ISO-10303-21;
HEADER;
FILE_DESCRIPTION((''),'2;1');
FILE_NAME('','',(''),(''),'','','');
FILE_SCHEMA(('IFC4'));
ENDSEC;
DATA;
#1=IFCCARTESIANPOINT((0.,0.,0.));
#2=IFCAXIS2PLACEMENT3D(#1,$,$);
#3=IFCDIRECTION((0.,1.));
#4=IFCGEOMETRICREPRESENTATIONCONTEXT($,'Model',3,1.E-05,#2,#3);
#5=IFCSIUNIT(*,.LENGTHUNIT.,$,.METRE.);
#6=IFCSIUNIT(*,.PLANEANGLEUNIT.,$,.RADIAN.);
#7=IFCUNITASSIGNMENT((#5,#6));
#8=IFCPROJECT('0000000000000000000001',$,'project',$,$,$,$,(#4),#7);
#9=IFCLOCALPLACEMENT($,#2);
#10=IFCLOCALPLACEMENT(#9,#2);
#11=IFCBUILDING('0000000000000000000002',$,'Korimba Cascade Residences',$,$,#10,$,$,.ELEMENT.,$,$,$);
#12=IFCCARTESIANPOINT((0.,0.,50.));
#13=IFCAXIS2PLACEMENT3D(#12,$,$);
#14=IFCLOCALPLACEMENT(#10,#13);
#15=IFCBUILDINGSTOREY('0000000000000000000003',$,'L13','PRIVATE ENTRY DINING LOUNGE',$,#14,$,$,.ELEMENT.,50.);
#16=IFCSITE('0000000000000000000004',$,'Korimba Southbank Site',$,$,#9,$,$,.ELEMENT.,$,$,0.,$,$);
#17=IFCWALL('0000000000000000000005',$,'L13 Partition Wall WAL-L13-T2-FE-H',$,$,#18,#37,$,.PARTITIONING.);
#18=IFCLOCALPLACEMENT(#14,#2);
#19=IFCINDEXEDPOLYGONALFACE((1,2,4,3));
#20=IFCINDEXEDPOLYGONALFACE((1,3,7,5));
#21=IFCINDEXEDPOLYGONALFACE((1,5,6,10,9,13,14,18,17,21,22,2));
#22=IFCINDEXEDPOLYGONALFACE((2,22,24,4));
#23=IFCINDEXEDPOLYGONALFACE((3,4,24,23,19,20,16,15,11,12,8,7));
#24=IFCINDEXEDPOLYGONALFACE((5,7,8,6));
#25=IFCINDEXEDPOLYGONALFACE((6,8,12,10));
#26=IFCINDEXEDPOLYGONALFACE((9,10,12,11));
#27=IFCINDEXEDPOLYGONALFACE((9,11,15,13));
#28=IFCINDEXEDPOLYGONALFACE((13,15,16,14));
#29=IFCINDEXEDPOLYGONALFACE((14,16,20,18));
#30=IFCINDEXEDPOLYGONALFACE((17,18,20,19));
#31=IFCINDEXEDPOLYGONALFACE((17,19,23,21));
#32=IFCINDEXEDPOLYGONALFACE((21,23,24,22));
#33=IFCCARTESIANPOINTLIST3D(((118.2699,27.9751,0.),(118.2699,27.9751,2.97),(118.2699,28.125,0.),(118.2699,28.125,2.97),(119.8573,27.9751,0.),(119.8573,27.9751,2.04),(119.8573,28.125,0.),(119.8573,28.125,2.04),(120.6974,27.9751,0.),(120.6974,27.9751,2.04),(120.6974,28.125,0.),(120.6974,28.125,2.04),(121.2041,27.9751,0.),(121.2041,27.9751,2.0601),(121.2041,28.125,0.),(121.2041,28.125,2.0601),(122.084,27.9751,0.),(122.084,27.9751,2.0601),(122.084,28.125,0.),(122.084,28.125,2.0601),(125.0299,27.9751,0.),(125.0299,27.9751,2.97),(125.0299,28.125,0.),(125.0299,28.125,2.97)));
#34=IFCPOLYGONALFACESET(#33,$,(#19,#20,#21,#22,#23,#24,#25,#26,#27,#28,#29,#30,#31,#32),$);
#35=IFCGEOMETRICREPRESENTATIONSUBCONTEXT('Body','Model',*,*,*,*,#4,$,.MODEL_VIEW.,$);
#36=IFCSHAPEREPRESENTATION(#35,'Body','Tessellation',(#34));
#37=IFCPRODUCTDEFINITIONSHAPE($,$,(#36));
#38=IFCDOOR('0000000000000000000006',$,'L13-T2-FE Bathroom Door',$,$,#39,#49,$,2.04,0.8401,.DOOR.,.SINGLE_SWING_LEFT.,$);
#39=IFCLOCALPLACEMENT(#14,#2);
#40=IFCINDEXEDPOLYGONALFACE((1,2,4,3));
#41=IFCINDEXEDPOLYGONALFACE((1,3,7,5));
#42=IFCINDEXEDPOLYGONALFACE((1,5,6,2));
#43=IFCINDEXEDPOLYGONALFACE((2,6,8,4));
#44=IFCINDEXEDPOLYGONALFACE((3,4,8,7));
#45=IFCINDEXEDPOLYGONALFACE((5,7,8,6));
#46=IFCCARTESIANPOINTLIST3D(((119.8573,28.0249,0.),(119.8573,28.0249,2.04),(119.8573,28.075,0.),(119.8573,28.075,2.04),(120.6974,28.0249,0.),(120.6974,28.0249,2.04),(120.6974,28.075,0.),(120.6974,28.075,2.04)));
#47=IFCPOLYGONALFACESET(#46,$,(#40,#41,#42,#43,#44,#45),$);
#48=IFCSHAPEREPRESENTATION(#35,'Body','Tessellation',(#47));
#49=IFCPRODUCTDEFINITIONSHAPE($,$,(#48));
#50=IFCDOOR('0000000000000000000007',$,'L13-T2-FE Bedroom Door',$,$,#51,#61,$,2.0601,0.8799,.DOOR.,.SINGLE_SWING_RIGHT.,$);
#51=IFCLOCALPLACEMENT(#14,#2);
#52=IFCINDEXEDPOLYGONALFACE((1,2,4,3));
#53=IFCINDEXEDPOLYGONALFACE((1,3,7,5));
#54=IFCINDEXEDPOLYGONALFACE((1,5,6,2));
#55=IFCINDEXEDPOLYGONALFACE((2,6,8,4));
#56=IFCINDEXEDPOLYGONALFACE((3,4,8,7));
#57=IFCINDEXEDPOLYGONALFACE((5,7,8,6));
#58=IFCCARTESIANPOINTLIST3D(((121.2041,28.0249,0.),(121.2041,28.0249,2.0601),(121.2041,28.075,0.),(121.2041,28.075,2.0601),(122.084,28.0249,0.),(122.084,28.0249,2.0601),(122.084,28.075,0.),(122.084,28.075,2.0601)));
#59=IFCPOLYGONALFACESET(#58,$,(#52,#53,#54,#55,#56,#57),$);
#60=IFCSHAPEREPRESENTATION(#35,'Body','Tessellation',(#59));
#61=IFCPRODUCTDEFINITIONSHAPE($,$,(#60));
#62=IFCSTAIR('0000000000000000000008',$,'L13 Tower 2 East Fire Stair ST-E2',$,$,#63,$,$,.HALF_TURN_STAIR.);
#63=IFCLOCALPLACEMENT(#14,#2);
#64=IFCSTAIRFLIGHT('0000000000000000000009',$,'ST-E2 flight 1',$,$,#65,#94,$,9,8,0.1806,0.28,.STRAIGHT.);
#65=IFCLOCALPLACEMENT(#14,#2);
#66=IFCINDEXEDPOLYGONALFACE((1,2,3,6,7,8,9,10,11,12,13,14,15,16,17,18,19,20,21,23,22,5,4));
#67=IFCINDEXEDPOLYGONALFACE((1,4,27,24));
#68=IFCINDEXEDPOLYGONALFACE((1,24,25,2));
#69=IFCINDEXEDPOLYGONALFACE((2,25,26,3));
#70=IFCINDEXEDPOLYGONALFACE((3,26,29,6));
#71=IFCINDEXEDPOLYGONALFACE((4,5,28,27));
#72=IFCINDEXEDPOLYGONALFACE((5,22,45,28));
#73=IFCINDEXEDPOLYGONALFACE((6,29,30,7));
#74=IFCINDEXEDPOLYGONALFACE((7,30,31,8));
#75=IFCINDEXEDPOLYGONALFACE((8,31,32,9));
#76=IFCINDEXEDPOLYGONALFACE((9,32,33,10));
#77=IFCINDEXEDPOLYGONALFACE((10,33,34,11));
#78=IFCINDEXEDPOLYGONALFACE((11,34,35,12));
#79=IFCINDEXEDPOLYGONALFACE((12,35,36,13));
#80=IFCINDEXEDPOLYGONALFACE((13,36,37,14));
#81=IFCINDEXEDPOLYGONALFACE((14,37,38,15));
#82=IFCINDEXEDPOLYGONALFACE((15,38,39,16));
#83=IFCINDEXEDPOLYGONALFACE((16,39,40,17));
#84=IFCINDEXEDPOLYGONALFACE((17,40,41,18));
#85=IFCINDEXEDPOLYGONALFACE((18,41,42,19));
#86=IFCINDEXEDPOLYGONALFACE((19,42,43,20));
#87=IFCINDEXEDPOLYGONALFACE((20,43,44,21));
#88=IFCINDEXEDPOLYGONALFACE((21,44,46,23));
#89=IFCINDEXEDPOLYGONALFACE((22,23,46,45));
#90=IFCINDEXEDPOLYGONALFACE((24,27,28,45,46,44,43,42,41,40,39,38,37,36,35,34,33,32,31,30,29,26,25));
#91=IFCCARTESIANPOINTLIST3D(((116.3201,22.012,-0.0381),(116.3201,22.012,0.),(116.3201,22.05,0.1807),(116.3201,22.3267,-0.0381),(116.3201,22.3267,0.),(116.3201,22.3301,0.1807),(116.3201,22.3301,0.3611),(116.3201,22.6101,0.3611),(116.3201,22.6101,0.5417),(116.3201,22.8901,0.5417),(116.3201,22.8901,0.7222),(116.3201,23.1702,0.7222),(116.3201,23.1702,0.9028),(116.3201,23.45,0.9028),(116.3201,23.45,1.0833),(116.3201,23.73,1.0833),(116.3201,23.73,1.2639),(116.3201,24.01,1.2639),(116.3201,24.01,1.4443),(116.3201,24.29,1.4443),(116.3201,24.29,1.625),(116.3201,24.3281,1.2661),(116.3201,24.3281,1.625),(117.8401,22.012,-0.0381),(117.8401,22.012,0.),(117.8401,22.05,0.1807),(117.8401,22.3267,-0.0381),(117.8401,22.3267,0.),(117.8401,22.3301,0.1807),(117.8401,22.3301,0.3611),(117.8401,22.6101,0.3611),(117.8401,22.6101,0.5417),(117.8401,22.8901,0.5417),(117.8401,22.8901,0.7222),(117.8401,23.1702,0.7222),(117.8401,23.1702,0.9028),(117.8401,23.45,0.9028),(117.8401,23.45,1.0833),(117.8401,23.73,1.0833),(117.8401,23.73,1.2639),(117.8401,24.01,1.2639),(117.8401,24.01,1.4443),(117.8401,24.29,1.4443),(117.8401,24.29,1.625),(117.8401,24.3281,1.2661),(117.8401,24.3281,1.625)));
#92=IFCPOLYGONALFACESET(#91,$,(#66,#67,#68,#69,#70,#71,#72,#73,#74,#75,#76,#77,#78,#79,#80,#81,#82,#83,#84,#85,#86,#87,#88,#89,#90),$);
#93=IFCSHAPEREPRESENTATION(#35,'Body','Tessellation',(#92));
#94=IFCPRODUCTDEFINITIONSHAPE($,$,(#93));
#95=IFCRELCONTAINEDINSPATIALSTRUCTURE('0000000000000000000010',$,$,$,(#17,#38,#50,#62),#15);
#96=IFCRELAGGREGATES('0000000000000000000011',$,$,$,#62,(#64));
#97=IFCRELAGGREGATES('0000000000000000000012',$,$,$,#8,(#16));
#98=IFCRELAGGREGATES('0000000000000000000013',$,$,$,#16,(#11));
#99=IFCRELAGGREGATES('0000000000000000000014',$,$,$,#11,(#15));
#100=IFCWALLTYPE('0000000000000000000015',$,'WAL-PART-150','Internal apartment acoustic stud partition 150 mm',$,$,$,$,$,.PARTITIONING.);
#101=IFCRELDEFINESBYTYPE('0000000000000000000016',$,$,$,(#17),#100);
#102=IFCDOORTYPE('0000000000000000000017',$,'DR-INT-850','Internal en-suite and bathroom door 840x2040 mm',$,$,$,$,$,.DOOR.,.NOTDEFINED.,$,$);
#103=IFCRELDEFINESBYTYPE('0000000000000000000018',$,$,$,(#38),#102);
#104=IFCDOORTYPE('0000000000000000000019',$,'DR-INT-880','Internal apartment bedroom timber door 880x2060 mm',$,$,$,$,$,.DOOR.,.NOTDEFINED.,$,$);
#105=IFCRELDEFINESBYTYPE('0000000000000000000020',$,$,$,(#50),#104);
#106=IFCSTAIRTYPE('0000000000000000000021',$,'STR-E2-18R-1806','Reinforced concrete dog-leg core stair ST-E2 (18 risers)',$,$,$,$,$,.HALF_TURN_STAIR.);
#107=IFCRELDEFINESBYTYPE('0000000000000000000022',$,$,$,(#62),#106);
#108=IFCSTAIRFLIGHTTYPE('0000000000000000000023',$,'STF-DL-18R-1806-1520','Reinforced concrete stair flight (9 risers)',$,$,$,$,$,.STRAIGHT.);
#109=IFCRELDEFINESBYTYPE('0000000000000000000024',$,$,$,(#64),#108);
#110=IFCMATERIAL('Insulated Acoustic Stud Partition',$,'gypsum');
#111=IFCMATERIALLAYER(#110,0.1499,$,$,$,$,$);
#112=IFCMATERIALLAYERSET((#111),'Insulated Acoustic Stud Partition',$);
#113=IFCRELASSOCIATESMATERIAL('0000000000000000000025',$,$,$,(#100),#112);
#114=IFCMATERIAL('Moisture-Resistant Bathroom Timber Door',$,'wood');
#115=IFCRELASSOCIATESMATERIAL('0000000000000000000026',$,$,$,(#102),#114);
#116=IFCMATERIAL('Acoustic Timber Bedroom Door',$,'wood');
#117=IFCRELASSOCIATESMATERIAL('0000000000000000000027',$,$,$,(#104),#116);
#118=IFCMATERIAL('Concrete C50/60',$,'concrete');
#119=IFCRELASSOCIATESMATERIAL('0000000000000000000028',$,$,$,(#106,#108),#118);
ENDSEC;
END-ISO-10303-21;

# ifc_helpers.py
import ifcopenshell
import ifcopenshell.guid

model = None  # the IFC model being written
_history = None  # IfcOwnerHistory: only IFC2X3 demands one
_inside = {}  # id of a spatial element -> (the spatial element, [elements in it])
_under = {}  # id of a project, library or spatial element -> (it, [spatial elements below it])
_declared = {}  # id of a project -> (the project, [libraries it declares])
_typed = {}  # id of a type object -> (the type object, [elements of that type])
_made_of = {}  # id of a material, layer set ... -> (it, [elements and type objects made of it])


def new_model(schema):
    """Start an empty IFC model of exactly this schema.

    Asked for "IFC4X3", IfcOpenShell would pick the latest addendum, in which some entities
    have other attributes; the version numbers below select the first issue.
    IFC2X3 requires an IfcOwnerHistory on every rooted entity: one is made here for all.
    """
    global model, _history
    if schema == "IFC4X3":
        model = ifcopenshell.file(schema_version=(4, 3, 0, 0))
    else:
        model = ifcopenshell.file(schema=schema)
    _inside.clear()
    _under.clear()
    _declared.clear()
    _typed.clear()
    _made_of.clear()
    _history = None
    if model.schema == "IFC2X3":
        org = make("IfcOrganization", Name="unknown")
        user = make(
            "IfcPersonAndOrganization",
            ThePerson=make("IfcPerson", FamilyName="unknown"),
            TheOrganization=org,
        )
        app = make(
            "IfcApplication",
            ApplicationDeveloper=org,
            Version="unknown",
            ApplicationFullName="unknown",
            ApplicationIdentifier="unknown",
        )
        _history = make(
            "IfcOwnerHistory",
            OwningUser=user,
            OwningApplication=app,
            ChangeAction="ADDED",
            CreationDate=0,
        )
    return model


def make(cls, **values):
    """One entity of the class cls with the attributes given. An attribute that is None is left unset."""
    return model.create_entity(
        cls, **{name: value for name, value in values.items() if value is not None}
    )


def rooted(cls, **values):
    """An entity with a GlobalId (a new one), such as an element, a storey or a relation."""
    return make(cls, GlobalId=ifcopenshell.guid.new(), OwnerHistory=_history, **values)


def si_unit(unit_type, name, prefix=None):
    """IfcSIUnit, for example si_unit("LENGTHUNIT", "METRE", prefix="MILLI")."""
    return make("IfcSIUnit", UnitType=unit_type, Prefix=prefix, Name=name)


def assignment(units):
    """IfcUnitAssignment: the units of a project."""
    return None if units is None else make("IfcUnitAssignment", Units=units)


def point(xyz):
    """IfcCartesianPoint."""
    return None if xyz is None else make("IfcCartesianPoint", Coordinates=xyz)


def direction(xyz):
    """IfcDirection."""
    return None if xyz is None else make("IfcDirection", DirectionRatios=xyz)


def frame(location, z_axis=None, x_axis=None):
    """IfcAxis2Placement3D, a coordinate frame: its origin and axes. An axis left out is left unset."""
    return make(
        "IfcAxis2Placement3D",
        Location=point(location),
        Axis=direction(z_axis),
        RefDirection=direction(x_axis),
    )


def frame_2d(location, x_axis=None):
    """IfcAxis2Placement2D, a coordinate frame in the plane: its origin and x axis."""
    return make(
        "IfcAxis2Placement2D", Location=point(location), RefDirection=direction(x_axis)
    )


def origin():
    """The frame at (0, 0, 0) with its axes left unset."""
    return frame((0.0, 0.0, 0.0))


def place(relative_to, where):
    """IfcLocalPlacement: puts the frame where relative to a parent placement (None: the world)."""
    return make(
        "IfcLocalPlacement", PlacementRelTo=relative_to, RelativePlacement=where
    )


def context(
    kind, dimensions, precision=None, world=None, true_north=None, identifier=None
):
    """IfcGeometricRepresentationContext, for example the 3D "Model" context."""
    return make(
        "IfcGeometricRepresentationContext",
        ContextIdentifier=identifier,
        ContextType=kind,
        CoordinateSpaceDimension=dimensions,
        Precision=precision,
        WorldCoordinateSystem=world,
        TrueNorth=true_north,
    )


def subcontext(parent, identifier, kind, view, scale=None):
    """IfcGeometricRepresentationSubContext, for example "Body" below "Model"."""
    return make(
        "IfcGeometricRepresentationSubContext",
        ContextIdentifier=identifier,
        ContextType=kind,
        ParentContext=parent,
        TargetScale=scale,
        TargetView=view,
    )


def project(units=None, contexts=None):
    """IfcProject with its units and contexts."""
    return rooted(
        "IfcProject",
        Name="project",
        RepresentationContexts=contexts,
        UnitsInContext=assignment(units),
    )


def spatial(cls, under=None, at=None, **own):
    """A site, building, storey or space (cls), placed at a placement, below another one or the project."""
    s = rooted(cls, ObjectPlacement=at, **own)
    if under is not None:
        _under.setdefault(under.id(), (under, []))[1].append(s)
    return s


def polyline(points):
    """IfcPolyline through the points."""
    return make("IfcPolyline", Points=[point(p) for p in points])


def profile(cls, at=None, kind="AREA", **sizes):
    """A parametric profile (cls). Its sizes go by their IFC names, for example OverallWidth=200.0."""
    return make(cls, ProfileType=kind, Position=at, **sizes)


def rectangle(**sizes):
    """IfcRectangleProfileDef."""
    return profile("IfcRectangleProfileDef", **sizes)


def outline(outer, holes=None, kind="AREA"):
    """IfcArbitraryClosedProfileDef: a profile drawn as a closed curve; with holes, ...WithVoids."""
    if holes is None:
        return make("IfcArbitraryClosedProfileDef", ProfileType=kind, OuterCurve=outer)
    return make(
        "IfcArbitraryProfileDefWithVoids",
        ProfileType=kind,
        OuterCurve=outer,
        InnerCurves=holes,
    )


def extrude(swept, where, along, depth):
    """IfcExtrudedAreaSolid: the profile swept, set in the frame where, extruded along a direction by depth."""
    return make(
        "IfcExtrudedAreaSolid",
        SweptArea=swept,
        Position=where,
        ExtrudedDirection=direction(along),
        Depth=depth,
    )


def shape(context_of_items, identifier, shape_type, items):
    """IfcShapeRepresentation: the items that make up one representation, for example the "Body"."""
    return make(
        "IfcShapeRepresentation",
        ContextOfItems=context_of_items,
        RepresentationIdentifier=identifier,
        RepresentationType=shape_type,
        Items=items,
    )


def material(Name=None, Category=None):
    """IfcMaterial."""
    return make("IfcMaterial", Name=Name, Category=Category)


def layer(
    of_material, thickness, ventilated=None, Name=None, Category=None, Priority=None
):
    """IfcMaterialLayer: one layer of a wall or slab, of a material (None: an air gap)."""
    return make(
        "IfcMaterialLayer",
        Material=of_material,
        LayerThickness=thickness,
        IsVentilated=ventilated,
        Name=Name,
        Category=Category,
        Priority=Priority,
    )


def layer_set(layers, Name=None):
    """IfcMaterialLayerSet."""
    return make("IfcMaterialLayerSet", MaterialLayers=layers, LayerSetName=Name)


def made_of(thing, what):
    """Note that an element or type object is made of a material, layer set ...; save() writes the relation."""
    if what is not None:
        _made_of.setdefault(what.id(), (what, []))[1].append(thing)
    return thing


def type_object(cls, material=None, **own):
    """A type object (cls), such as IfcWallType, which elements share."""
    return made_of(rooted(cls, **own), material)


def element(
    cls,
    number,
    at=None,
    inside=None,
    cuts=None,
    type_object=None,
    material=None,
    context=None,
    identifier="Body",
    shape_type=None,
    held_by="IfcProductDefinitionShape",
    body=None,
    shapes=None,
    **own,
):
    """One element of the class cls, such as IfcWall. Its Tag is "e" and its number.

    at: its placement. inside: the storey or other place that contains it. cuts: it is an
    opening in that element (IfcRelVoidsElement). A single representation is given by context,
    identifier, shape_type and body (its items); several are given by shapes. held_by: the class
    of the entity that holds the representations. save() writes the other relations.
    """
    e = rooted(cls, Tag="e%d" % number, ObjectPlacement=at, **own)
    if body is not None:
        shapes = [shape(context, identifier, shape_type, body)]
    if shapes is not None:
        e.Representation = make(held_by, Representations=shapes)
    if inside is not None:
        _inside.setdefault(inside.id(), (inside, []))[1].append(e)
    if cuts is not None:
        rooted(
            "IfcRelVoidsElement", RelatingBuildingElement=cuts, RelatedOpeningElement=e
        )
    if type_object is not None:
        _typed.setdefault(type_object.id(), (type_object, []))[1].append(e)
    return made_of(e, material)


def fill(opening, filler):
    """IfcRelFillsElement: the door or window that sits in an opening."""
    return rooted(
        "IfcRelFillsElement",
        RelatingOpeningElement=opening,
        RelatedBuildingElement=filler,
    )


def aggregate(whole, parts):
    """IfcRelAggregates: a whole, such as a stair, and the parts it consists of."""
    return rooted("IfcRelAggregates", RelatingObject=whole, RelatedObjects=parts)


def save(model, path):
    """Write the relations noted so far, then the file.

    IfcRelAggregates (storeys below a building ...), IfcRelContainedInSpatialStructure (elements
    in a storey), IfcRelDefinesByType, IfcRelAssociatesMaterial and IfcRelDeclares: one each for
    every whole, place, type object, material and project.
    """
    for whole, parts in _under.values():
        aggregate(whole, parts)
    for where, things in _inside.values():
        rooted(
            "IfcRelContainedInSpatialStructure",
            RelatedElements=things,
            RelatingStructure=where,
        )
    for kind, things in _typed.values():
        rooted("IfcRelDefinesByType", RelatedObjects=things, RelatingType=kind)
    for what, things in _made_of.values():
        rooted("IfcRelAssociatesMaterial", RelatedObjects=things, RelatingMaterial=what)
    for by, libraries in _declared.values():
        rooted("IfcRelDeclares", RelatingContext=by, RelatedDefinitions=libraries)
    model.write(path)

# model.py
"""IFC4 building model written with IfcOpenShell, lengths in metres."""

from ifc_helpers import new_model, si_unit, direction, frame, frame_2d, origin, place, context, subcontext, project, spatial, polyline, rectangle, outline, extrude, material, layer, layer_set, type_object, element, fill, aggregate, save


model = new_model("IFC4")

# Units and contexts
model_context = context("Model", 3, precision=1e-05, world=origin(), true_north=direction((0.0, 1.0)))
body_context = subcontext(model_context, "Body", "Model", "MODEL_VIEW")
ifc_project = project(units=[si_unit("LENGTHUNIT", "METRE"), si_unit("PLANEANGLEUNIT", "RADIAN")], contexts=[model_context])

# Site, building, storey
site_placement = place(None, origin())
site = spatial("IfcSite", under=ifc_project, at=site_placement, Name="Korimba Southbank Site", CompositionType="ELEMENT", RefElevation=0.0)
building_placement = place(site_placement, origin())
building = spatial("IfcBuilding", under=site, at=building_placement, Name="Korimba Cascade Residences", CompositionType="ELEMENT")
storey_placement = place(building_placement, frame((0.0, 0.0, 50.0)))
storey = spatial("IfcBuildingStorey", under=building, at=storey_placement, Name="L13", Description="PRIVATE ENTRY DINING LOUNGE", CompositionType="ELEMENT", Elevation=50.0)

# Shared definitions
ifc_material_1 = material(Name="Concrete C50/60", Category="concrete")

# Shared definitions
ifc_material_2 = material(Name="Insulated Acoustic Stud Partition", Category="gypsum")
ifc_layer_1 = layer(ifc_material_2, 0.1499)
ifc_layer_set_1 = layer_set([ifc_layer_1], Name="Insulated Acoustic Stud Partition")
wall_type_1 = type_object("IfcWallType", Name="WAL-PART-150", Description="Internal apartment acoustic stud partition 150 mm", PredefinedType="PARTITIONING", material=ifc_layer_set_1)
ifc_material_3 = material(Name="Moisture-Resistant Bathroom Timber Door", Category="wood")
door_type_1 = type_object("IfcDoorType", Name="DR-INT-850", Description="Internal en-suite and bathroom door 840x2040 mm", OperationType="NOTDEFINED", PredefinedType="DOOR", material=ifc_material_3)

# Wall, openings, doors
wall_1_placement = place(storey_placement, frame((118.27, 28.05, 0.0), z_axis=(0.0, 0.0, 1.0), x_axis=(1.0, 0.0, 0.0)))
wall_1 = element("IfcWall", 1, at=wall_1_placement, inside=storey, type_object=wall_type_1, Name="L13 Partition Wall WAL-L13-T2-FE-H", PredefinedType="PARTITIONING", context=body_context, shape_type="SweptSolid", body=[
    extrude(rectangle(XDim=6.76, YDim=0.1499, at=frame_2d((3.3799, 0.0))), origin(), (0.0, 0.0, 1.0), 2.97),
])
opening_1_placement = place(wall_1_placement, frame((1.5874, 0.0, 0.0)))
opening_1 = element("IfcOpeningElement", 2, at=opening_1_placement, cuts=wall_1, PredefinedType="OPENING", context=body_context, shape_type="SweptSolid", body=[
    extrude(rectangle(XDim=0.8401, YDim=2.04, at=frame_2d((0.4199, 1.02))), frame((0.0, 0.085, 0.0), z_axis=(0.0, -1.0, 0.0), x_axis=(1.0, 0.0, 0.0)), (0.0, 0.0, 1.0), 0.1699),
])
opening_2_placement = place(wall_1_placement, frame((2.9341, 0.0, 0.0)))
opening_2 = element("IfcOpeningElement", 3, at=opening_2_placement, cuts=wall_1, PredefinedType="OPENING", context=body_context, shape_type="SweptSolid", body=[
    extrude(rectangle(XDim=0.8799, YDim=2.0601, at=frame_2d((0.4399, 1.03))), frame((0.0, 0.085, 0.0), z_axis=(0.0, -1.0, 0.0), x_axis=(1.0, 0.0, 0.0)), (0.0, 0.0, 1.0), 0.1699),
])
door_1_placement = place(opening_1_placement, origin())
door_1 = element("IfcDoor", 4, at=door_1_placement, inside=storey, type_object=door_type_1, Name="L13-T2-FE Bathroom Door", OperationType="SINGLE_SWING_LEFT", OverallHeight=2.04, OverallWidth=0.8401, PredefinedType="DOOR", context=body_context, shape_type="SweptSolid", body=[
    extrude(rectangle(XDim=0.8401, YDim=2.04, at=frame_2d((0.4199, 1.02))), frame((0.0, 0.0249, 0.0), z_axis=(0.0, -1.0, 0.0), x_axis=(1.0, 0.0, 0.0)), (0.0, 0.0, 1.0), 0.05),
])
fill(opening_1, door_1)
ifc_material_4 = material(Name="Acoustic Timber Bedroom Door", Category="wood")
door_type_2 = type_object("IfcDoorType", Name="DR-INT-880", Description="Internal apartment bedroom timber door 880x2060 mm", OperationType="NOTDEFINED", PredefinedType="DOOR", material=ifc_material_4)
door_2_placement = place(opening_2_placement, origin())
door_2 = element("IfcDoor", 5, at=door_2_placement, inside=storey, type_object=door_type_2, Name="L13-T2-FE Bedroom Door", OperationType="SINGLE_SWING_RIGHT", OverallHeight=2.0601, OverallWidth=0.8799, PredefinedType="DOOR", context=body_context, shape_type="SweptSolid", body=[
    extrude(rectangle(XDim=0.8799, YDim=2.0601, at=frame_2d((0.4399, 1.03))), frame((0.0, 0.0249, 0.0), z_axis=(0.0, -1.0, 0.0), x_axis=(1.0, 0.0, 0.0)), (0.0, 0.0, 1.0), 0.05),
])
fill(opening_2, door_2)

# Stair, stair flight
stair_type = type_object("IfcStairType", Name="STR-E2-18R-1806", Description="Reinforced concrete dog-leg core stair ST-E2 (18 risers)", PredefinedType="HALF_TURN_STAIR", material=ifc_material_1)
stair_placement = place(storey_placement, origin())
stair = element("IfcStair", 6, at=stair_placement, inside=storey, type_object=stair_type, Name="L13 Tower 2 East Fire Stair ST-E2", PredefinedType="HALF_TURN_STAIR")
stair_flight_type = type_object("IfcStairFlightType", Name="STF-DL-18R-1806-1520", Description="Reinforced concrete stair flight (9 risers)", PredefinedType="STRAIGHT", material=ifc_material_1)
stair_flight_placement = place(storey_placement, frame((117.0801, 22.05, 0.0), z_axis=(0.0, 0.0, 1.0), x_axis=(0.0, 1.0, 0.0)))
stair_flight = element("IfcStairFlight", 7, at=stair_flight_placement, type_object=stair_flight_type, Name="ST-E2 flight 1", NumberOfRisers=9, NumberOfTreads=8, PredefinedType="STRAIGHT", RiserHeight=0.1806, TreadLength=0.28, context=body_context, shape_type="SweptSolid", body=[
    extrude(outline(polyline([(-0.0381, 0.0), (0.0, 0.1807), (0.28, 0.1807), (0.28, 0.3611), (0.5601, 0.3611), (0.5601, 0.5417), (0.8401, 0.5417), (0.8401, 0.7222), (1.1201, 0.7222), (1.1201, 0.9028), (1.3999, 0.9028), (1.3999, 1.0833), (1.6799, 1.0833), (1.6799, 1.2639), (1.96, 1.2639), (1.96, 1.4443), (2.24, 1.4443), (2.24, 1.625), (2.2781, 1.625), (2.2781, 1.2661), (0.2766, 0.0), (0.2766, -0.0381), (-0.0381, -0.0381), (-0.0381, 0.0)])), frame((0.0, 0.76, 0.0), z_axis=(0.0, -1.0, 0.0), x_axis=(1.0, 0.0, 0.0)), (0.0, 0.0, 1.0), 1.52),
])
aggregate(stair, [stair_flight])

save(model, "model.ifc")
